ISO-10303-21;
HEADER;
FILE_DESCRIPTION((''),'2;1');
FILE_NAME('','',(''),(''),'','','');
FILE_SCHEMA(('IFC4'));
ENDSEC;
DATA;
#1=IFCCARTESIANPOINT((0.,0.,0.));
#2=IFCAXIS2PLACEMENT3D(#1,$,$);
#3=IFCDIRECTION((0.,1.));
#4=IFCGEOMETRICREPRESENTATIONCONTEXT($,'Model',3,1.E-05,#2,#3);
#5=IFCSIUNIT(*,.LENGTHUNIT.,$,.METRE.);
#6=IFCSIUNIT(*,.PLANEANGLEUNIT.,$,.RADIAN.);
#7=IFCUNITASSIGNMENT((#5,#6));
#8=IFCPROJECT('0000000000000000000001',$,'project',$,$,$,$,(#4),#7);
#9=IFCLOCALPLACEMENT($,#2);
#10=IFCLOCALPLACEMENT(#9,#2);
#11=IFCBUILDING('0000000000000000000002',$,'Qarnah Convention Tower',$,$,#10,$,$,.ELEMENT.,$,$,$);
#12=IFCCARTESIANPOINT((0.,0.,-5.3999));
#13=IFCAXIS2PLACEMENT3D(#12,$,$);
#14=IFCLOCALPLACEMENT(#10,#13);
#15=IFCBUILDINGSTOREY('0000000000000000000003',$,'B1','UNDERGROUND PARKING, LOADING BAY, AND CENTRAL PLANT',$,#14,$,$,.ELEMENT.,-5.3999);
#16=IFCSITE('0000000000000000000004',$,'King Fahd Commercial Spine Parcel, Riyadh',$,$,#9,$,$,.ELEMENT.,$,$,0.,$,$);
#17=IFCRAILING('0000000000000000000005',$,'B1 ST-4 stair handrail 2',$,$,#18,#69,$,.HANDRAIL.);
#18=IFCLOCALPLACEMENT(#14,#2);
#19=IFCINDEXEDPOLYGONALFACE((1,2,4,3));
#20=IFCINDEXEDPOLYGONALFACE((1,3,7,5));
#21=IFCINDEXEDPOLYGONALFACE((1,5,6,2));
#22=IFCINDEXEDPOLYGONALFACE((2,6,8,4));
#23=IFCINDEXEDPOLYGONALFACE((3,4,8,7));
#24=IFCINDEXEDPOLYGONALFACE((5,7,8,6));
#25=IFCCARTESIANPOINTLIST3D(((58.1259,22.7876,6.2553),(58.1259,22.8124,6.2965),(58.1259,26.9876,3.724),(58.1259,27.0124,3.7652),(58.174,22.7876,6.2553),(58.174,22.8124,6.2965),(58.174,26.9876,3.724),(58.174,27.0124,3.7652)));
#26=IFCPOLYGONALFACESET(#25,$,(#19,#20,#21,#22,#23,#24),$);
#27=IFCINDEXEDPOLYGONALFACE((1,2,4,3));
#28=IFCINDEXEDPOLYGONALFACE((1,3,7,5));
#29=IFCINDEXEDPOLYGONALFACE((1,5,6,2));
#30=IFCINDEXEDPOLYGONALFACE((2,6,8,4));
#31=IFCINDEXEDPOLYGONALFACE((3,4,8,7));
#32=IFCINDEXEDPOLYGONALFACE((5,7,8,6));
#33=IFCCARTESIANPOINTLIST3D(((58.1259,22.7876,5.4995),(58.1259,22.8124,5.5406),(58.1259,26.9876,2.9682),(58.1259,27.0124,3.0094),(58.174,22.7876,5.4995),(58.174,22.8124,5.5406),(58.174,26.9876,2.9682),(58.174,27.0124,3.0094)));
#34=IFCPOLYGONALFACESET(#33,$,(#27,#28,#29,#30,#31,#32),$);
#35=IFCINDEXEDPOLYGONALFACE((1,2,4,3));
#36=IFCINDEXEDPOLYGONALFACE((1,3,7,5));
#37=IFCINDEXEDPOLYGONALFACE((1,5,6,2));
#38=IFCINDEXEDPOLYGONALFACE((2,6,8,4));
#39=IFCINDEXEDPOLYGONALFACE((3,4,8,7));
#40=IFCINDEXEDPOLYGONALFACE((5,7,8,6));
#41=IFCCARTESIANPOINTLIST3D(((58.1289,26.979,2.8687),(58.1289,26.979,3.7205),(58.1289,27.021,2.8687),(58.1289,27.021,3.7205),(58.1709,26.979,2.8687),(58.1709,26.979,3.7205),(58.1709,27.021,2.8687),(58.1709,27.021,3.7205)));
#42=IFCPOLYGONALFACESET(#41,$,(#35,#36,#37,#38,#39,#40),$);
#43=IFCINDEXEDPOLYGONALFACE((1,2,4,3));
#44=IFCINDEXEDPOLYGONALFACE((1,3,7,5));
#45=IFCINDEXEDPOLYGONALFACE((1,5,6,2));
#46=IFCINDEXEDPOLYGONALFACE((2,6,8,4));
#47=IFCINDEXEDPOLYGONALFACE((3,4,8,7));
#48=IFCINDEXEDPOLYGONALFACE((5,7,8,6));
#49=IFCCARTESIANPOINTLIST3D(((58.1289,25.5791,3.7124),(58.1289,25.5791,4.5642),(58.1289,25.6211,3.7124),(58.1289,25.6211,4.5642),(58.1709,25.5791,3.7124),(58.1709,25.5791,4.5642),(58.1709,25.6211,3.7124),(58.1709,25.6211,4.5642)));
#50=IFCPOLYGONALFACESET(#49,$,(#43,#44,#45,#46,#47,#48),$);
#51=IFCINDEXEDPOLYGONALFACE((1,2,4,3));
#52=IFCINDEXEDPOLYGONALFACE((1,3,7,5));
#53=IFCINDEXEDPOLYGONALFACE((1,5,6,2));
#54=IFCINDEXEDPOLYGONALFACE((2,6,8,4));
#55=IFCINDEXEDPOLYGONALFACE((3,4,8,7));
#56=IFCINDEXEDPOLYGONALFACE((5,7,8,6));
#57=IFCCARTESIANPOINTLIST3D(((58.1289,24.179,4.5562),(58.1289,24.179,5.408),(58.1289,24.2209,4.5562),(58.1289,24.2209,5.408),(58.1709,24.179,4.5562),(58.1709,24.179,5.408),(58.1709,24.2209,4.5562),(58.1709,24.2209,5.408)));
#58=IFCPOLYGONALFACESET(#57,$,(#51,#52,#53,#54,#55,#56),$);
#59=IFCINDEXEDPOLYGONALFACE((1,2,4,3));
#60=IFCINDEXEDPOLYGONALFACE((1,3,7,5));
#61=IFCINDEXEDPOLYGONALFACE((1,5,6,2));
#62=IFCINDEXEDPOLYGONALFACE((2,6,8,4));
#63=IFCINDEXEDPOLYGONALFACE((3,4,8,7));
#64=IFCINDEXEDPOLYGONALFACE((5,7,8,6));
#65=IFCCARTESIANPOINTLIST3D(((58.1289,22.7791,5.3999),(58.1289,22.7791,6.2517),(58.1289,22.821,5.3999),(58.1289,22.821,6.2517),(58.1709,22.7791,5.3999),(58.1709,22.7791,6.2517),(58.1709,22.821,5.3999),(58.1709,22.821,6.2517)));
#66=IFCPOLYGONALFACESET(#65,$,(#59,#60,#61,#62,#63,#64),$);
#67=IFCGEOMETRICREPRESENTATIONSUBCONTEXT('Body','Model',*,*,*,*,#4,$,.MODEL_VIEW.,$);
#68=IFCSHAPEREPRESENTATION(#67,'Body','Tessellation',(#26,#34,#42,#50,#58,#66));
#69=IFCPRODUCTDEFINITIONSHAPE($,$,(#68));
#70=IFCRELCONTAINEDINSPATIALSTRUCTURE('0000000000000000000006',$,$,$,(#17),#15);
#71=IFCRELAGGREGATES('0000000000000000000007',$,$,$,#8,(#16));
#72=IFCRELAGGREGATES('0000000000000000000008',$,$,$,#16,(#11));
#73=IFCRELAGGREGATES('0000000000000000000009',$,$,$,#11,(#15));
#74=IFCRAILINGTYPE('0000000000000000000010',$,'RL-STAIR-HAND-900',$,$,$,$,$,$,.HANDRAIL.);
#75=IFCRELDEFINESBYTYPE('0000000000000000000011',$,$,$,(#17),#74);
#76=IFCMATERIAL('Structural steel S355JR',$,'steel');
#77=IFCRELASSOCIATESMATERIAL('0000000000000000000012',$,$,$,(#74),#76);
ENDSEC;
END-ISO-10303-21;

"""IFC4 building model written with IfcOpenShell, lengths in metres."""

from ifc_helpers import new_model, si_unit, direction, frame, origin, origin_2d, place, context, subcontext, project, spatial, rectangle, extrude, material, type_object, element, save


model = new_model("IFC4")

# Units and contexts
model_context = context("Model", 3, precision=1e-05, world=origin(), true_north=direction((0.0, 1.0)))
body_context = subcontext(model_context, "Body", "Model", "MODEL_VIEW")
ifc_project = project(units=[si_unit("LENGTHUNIT", "METRE"), si_unit("PLANEANGLEUNIT", "RADIAN")], contexts=[model_context])

# Site, building, storey
site_placement = place(None, origin())
site = spatial("IfcSite", under=ifc_project, at=site_placement, Name="King Fahd Commercial Spine Parcel, Riyadh", CompositionType="ELEMENT", RefElevation=0.0)
building_placement = place(site_placement, origin())
building = spatial("IfcBuilding", under=site, at=building_placement, Name="Qarnah Convention Tower", CompositionType="ELEMENT")
storey_placement = place(building_placement, frame((0.0, 0.0, -5.3999)))
storey = spatial("IfcBuildingStorey", under=building, at=storey_placement, Name="B1", Description="UNDERGROUND PARKING, LOADING BAY, AND CENTRAL PLANT", CompositionType="ELEMENT", Elevation=-5.3999)

# Shared definitions
ifc_material_1 = material(Name="Structural steel S355JR", Category="steel")

# Railing
railing_type = type_object("IfcRailingType", Name="RL-STAIR-HAND-900", PredefinedType="HANDRAIL", material=ifc_material_1)
railing_placement = place(storey_placement, frame((58.1499, 27.0, 2.8687)))
element("IfcRailing", 1, at=railing_placement, inside=storey, type_object=railing_type, Name="B1 ST-4 stair handrail 2", PredefinedType="HANDRAIL", context=body_context, shape_type="SweptSolid", body=[
    extrude(rectangle(XDim=0.0481, YDim=0.0481, at=origin_2d()), frame((0.0, 0.0, 0.876), z_axis=(0.0, -0.856476, 0.516186), x_axis=(1.0, 0.0, 0.0)), (0.0, 0.0, 1.0), 4.9038),
    extrude(rectangle(XDim=0.0481, YDim=0.0481, at=origin_2d()), frame((0.0, 0.0, 0.1201), z_axis=(0.0, -0.856476, 0.516186), x_axis=(1.0, 0.0, 0.0)), (0.0, 0.0, 1.0), 4.9038),
    extrude(rectangle(XDim=0.042, YDim=0.042, at=origin_2d()), origin(), (0.0, 0.0, 1.0), 0.8518),
    extrude(rectangle(XDim=0.042, YDim=0.042, at=origin_2d()), frame((0.0, -1.3999, 0.8438)), (0.0, 0.0, 1.0), 0.8518),
    extrude(rectangle(XDim=0.042, YDim=0.042, at=origin_2d()), frame((0.0, -2.8, 1.6875)), (0.0, 0.0, 1.0), 0.8518),
    extrude(rectangle(XDim=0.042, YDim=0.042, at=origin_2d()), frame((0.0, -4.2, 2.5312)), (0.0, 0.0, 1.0), 0.8518),
])

save(model, "model.ifc")
